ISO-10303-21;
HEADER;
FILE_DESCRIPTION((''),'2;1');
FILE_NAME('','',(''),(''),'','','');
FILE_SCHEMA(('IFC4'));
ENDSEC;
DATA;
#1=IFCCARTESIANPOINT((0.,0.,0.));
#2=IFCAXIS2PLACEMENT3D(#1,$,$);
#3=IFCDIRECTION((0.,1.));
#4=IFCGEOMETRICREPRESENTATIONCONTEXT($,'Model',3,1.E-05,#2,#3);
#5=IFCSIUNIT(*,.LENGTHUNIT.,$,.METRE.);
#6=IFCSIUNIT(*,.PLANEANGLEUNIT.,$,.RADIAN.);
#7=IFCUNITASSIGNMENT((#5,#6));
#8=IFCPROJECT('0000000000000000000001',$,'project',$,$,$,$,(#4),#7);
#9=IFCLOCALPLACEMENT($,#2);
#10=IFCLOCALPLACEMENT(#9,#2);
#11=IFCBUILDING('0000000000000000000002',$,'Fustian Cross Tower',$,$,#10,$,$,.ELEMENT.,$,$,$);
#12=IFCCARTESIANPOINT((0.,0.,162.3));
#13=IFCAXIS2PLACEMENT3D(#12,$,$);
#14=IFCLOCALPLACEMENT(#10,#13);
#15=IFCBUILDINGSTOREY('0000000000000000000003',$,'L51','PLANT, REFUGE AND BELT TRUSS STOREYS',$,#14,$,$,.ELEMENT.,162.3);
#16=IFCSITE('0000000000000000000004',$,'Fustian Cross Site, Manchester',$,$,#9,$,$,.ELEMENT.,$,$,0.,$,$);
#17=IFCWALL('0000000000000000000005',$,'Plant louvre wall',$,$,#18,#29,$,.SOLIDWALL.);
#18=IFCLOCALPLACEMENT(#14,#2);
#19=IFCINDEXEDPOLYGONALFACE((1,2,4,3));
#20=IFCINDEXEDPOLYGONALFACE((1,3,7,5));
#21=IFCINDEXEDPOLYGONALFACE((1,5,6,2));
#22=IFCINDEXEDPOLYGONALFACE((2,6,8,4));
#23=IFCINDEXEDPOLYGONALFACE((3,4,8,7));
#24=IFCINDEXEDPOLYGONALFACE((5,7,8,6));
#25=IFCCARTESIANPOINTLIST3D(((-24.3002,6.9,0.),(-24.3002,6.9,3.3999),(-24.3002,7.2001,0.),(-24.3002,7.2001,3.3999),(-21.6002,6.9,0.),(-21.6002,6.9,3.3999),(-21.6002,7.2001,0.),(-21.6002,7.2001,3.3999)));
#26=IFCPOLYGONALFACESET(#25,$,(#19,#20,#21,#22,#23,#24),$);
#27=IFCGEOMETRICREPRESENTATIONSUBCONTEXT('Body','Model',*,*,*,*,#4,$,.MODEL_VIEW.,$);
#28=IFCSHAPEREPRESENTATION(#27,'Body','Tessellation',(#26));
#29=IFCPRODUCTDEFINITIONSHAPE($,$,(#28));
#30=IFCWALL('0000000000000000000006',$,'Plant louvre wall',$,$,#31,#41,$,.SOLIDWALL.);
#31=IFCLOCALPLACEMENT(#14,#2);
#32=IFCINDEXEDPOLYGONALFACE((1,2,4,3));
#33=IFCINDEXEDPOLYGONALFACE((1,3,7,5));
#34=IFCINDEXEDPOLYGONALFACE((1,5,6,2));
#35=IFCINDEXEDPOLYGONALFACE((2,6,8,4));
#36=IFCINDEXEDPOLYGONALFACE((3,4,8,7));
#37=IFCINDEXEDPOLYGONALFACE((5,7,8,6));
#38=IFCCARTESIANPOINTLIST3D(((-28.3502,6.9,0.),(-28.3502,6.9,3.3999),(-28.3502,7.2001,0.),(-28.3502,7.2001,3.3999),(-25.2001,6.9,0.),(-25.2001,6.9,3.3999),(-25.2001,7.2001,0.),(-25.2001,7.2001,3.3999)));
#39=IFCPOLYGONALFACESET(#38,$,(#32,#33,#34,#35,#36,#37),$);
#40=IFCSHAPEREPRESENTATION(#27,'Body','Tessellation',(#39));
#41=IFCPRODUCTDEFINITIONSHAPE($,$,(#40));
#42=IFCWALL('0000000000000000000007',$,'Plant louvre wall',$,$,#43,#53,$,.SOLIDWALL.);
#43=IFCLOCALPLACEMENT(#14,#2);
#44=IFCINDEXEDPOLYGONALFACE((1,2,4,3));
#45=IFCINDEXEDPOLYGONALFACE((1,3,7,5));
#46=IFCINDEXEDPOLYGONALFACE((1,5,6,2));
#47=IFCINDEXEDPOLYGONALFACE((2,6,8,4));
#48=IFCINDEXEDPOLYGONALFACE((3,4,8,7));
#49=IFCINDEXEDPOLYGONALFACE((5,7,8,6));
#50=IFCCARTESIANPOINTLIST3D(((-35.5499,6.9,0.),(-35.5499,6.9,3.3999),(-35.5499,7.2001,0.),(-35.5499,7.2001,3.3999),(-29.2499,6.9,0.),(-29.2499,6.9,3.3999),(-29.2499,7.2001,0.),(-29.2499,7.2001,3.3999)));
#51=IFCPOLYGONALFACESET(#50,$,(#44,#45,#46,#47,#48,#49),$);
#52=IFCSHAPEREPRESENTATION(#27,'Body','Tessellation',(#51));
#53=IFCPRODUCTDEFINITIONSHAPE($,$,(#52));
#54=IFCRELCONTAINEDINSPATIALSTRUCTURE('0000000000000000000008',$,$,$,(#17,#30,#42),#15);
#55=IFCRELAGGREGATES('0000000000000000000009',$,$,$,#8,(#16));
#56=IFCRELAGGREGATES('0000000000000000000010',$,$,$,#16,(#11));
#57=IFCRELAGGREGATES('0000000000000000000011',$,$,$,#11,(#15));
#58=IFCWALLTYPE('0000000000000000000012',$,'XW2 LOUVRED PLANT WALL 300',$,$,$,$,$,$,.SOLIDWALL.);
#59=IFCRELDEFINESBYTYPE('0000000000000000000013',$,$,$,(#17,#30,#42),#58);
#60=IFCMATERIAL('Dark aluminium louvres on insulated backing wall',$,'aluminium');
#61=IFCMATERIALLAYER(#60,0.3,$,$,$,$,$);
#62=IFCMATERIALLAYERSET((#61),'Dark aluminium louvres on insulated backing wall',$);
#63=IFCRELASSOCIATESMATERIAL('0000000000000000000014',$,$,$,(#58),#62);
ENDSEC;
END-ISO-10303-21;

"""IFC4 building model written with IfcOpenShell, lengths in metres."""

from ifc_helpers import new_model, si_unit, direction, frame, frame_2d, origin, place, context, subcontext, project, spatial, rectangle, extrude, material, layer, layer_set, type_object, element, save


model = new_model("IFC4")

# Units and contexts
model_context = context("Model", 3, precision=1e-05, world=origin(), true_north=direction((0.0, 1.0)))
body_context = subcontext(model_context, "Body", "Model", "MODEL_VIEW")
ifc_project = project(units=[si_unit("LENGTHUNIT", "METRE"), si_unit("PLANEANGLEUNIT", "RADIAN")], contexts=[model_context])

# Site, building, storey
site_placement = place(None, origin())
site = spatial("IfcSite", under=ifc_project, at=site_placement, Name="Fustian Cross Site, Manchester", CompositionType="ELEMENT", RefElevation=0.0)
building_placement = place(site_placement, origin())
building = spatial("IfcBuilding", under=site, at=building_placement, Name="Fustian Cross Tower", CompositionType="ELEMENT")
storey_placement = place(building_placement, frame((0.0, 0.0, 162.3)))
storey = spatial("IfcBuildingStorey", under=building, at=storey_placement, Name="L51", Description="PLANT, REFUGE AND BELT TRUSS STOREYS", CompositionType="ELEMENT", Elevation=162.3)

# Walls
ifc_material_1 = material(Name="Dark aluminium louvres on insulated backing wall", Category="aluminium")
ifc_layer_1 = layer(ifc_material_1, 0.3)
ifc_layer_set_1 = layer_set([ifc_layer_1], Name="Dark aluminium louvres on insulated backing wall")
wall_type_1 = type_object("IfcWallType", Name="XW2 LOUVRED PLANT WALL 300", PredefinedType="SOLIDWALL", material=ifc_layer_set_1)
wall_1_placement = place(storey_placement, frame((-21.6001, 7.05, 0.0), z_axis=(0.0, 0.0, 1.0), x_axis=(-1.0, 0.0, 0.0)))
element("IfcWall", 1, at=wall_1_placement, inside=storey, type_object=wall_type_1, Name="Plant louvre wall", PredefinedType="SOLIDWALL", context=body_context, shape_type="SweptSolid", body=[
    extrude(rectangle(XDim=2.7, YDim=0.3, at=frame_2d((1.3501, 0.0))), origin(), (0.0, 0.0, 1.0), 3.3999),
])
wall_2_placement = place(storey_placement, frame((-25.2, 7.05, 0.0), z_axis=(0.0, 0.0, 1.0), x_axis=(-1.0, 0.0, 0.0)))
element("IfcWall", 2, at=wall_2_placement, inside=storey, type_object=wall_type_1, Name="Plant louvre wall", PredefinedType="SOLIDWALL", context=body_context, shape_type="SweptSolid", body=[
    extrude(rectangle(XDim=3.1501, YDim=0.3, at=frame_2d((1.5752, 0.0))), origin(), (0.0, 0.0, 1.0), 3.3999),
])
wall_3_placement = place(storey_placement, frame((-29.25, 7.05, 0.0), z_axis=(0.0, 0.0, 1.0), x_axis=(-1.0, 0.0, 0.0)))
element("IfcWall", 3, at=wall_3_placement, inside=storey, type_object=wall_type_1, Name="Plant louvre wall", PredefinedType="SOLIDWALL", context=body_context, shape_type="SweptSolid", body=[
    extrude(rectangle(XDim=6.3, YDim=0.3, at=frame_2d((3.1499, 0.0))), origin(), (0.0, 0.0, 1.0), 3.3999),
])

save(model, "model.ifc")
